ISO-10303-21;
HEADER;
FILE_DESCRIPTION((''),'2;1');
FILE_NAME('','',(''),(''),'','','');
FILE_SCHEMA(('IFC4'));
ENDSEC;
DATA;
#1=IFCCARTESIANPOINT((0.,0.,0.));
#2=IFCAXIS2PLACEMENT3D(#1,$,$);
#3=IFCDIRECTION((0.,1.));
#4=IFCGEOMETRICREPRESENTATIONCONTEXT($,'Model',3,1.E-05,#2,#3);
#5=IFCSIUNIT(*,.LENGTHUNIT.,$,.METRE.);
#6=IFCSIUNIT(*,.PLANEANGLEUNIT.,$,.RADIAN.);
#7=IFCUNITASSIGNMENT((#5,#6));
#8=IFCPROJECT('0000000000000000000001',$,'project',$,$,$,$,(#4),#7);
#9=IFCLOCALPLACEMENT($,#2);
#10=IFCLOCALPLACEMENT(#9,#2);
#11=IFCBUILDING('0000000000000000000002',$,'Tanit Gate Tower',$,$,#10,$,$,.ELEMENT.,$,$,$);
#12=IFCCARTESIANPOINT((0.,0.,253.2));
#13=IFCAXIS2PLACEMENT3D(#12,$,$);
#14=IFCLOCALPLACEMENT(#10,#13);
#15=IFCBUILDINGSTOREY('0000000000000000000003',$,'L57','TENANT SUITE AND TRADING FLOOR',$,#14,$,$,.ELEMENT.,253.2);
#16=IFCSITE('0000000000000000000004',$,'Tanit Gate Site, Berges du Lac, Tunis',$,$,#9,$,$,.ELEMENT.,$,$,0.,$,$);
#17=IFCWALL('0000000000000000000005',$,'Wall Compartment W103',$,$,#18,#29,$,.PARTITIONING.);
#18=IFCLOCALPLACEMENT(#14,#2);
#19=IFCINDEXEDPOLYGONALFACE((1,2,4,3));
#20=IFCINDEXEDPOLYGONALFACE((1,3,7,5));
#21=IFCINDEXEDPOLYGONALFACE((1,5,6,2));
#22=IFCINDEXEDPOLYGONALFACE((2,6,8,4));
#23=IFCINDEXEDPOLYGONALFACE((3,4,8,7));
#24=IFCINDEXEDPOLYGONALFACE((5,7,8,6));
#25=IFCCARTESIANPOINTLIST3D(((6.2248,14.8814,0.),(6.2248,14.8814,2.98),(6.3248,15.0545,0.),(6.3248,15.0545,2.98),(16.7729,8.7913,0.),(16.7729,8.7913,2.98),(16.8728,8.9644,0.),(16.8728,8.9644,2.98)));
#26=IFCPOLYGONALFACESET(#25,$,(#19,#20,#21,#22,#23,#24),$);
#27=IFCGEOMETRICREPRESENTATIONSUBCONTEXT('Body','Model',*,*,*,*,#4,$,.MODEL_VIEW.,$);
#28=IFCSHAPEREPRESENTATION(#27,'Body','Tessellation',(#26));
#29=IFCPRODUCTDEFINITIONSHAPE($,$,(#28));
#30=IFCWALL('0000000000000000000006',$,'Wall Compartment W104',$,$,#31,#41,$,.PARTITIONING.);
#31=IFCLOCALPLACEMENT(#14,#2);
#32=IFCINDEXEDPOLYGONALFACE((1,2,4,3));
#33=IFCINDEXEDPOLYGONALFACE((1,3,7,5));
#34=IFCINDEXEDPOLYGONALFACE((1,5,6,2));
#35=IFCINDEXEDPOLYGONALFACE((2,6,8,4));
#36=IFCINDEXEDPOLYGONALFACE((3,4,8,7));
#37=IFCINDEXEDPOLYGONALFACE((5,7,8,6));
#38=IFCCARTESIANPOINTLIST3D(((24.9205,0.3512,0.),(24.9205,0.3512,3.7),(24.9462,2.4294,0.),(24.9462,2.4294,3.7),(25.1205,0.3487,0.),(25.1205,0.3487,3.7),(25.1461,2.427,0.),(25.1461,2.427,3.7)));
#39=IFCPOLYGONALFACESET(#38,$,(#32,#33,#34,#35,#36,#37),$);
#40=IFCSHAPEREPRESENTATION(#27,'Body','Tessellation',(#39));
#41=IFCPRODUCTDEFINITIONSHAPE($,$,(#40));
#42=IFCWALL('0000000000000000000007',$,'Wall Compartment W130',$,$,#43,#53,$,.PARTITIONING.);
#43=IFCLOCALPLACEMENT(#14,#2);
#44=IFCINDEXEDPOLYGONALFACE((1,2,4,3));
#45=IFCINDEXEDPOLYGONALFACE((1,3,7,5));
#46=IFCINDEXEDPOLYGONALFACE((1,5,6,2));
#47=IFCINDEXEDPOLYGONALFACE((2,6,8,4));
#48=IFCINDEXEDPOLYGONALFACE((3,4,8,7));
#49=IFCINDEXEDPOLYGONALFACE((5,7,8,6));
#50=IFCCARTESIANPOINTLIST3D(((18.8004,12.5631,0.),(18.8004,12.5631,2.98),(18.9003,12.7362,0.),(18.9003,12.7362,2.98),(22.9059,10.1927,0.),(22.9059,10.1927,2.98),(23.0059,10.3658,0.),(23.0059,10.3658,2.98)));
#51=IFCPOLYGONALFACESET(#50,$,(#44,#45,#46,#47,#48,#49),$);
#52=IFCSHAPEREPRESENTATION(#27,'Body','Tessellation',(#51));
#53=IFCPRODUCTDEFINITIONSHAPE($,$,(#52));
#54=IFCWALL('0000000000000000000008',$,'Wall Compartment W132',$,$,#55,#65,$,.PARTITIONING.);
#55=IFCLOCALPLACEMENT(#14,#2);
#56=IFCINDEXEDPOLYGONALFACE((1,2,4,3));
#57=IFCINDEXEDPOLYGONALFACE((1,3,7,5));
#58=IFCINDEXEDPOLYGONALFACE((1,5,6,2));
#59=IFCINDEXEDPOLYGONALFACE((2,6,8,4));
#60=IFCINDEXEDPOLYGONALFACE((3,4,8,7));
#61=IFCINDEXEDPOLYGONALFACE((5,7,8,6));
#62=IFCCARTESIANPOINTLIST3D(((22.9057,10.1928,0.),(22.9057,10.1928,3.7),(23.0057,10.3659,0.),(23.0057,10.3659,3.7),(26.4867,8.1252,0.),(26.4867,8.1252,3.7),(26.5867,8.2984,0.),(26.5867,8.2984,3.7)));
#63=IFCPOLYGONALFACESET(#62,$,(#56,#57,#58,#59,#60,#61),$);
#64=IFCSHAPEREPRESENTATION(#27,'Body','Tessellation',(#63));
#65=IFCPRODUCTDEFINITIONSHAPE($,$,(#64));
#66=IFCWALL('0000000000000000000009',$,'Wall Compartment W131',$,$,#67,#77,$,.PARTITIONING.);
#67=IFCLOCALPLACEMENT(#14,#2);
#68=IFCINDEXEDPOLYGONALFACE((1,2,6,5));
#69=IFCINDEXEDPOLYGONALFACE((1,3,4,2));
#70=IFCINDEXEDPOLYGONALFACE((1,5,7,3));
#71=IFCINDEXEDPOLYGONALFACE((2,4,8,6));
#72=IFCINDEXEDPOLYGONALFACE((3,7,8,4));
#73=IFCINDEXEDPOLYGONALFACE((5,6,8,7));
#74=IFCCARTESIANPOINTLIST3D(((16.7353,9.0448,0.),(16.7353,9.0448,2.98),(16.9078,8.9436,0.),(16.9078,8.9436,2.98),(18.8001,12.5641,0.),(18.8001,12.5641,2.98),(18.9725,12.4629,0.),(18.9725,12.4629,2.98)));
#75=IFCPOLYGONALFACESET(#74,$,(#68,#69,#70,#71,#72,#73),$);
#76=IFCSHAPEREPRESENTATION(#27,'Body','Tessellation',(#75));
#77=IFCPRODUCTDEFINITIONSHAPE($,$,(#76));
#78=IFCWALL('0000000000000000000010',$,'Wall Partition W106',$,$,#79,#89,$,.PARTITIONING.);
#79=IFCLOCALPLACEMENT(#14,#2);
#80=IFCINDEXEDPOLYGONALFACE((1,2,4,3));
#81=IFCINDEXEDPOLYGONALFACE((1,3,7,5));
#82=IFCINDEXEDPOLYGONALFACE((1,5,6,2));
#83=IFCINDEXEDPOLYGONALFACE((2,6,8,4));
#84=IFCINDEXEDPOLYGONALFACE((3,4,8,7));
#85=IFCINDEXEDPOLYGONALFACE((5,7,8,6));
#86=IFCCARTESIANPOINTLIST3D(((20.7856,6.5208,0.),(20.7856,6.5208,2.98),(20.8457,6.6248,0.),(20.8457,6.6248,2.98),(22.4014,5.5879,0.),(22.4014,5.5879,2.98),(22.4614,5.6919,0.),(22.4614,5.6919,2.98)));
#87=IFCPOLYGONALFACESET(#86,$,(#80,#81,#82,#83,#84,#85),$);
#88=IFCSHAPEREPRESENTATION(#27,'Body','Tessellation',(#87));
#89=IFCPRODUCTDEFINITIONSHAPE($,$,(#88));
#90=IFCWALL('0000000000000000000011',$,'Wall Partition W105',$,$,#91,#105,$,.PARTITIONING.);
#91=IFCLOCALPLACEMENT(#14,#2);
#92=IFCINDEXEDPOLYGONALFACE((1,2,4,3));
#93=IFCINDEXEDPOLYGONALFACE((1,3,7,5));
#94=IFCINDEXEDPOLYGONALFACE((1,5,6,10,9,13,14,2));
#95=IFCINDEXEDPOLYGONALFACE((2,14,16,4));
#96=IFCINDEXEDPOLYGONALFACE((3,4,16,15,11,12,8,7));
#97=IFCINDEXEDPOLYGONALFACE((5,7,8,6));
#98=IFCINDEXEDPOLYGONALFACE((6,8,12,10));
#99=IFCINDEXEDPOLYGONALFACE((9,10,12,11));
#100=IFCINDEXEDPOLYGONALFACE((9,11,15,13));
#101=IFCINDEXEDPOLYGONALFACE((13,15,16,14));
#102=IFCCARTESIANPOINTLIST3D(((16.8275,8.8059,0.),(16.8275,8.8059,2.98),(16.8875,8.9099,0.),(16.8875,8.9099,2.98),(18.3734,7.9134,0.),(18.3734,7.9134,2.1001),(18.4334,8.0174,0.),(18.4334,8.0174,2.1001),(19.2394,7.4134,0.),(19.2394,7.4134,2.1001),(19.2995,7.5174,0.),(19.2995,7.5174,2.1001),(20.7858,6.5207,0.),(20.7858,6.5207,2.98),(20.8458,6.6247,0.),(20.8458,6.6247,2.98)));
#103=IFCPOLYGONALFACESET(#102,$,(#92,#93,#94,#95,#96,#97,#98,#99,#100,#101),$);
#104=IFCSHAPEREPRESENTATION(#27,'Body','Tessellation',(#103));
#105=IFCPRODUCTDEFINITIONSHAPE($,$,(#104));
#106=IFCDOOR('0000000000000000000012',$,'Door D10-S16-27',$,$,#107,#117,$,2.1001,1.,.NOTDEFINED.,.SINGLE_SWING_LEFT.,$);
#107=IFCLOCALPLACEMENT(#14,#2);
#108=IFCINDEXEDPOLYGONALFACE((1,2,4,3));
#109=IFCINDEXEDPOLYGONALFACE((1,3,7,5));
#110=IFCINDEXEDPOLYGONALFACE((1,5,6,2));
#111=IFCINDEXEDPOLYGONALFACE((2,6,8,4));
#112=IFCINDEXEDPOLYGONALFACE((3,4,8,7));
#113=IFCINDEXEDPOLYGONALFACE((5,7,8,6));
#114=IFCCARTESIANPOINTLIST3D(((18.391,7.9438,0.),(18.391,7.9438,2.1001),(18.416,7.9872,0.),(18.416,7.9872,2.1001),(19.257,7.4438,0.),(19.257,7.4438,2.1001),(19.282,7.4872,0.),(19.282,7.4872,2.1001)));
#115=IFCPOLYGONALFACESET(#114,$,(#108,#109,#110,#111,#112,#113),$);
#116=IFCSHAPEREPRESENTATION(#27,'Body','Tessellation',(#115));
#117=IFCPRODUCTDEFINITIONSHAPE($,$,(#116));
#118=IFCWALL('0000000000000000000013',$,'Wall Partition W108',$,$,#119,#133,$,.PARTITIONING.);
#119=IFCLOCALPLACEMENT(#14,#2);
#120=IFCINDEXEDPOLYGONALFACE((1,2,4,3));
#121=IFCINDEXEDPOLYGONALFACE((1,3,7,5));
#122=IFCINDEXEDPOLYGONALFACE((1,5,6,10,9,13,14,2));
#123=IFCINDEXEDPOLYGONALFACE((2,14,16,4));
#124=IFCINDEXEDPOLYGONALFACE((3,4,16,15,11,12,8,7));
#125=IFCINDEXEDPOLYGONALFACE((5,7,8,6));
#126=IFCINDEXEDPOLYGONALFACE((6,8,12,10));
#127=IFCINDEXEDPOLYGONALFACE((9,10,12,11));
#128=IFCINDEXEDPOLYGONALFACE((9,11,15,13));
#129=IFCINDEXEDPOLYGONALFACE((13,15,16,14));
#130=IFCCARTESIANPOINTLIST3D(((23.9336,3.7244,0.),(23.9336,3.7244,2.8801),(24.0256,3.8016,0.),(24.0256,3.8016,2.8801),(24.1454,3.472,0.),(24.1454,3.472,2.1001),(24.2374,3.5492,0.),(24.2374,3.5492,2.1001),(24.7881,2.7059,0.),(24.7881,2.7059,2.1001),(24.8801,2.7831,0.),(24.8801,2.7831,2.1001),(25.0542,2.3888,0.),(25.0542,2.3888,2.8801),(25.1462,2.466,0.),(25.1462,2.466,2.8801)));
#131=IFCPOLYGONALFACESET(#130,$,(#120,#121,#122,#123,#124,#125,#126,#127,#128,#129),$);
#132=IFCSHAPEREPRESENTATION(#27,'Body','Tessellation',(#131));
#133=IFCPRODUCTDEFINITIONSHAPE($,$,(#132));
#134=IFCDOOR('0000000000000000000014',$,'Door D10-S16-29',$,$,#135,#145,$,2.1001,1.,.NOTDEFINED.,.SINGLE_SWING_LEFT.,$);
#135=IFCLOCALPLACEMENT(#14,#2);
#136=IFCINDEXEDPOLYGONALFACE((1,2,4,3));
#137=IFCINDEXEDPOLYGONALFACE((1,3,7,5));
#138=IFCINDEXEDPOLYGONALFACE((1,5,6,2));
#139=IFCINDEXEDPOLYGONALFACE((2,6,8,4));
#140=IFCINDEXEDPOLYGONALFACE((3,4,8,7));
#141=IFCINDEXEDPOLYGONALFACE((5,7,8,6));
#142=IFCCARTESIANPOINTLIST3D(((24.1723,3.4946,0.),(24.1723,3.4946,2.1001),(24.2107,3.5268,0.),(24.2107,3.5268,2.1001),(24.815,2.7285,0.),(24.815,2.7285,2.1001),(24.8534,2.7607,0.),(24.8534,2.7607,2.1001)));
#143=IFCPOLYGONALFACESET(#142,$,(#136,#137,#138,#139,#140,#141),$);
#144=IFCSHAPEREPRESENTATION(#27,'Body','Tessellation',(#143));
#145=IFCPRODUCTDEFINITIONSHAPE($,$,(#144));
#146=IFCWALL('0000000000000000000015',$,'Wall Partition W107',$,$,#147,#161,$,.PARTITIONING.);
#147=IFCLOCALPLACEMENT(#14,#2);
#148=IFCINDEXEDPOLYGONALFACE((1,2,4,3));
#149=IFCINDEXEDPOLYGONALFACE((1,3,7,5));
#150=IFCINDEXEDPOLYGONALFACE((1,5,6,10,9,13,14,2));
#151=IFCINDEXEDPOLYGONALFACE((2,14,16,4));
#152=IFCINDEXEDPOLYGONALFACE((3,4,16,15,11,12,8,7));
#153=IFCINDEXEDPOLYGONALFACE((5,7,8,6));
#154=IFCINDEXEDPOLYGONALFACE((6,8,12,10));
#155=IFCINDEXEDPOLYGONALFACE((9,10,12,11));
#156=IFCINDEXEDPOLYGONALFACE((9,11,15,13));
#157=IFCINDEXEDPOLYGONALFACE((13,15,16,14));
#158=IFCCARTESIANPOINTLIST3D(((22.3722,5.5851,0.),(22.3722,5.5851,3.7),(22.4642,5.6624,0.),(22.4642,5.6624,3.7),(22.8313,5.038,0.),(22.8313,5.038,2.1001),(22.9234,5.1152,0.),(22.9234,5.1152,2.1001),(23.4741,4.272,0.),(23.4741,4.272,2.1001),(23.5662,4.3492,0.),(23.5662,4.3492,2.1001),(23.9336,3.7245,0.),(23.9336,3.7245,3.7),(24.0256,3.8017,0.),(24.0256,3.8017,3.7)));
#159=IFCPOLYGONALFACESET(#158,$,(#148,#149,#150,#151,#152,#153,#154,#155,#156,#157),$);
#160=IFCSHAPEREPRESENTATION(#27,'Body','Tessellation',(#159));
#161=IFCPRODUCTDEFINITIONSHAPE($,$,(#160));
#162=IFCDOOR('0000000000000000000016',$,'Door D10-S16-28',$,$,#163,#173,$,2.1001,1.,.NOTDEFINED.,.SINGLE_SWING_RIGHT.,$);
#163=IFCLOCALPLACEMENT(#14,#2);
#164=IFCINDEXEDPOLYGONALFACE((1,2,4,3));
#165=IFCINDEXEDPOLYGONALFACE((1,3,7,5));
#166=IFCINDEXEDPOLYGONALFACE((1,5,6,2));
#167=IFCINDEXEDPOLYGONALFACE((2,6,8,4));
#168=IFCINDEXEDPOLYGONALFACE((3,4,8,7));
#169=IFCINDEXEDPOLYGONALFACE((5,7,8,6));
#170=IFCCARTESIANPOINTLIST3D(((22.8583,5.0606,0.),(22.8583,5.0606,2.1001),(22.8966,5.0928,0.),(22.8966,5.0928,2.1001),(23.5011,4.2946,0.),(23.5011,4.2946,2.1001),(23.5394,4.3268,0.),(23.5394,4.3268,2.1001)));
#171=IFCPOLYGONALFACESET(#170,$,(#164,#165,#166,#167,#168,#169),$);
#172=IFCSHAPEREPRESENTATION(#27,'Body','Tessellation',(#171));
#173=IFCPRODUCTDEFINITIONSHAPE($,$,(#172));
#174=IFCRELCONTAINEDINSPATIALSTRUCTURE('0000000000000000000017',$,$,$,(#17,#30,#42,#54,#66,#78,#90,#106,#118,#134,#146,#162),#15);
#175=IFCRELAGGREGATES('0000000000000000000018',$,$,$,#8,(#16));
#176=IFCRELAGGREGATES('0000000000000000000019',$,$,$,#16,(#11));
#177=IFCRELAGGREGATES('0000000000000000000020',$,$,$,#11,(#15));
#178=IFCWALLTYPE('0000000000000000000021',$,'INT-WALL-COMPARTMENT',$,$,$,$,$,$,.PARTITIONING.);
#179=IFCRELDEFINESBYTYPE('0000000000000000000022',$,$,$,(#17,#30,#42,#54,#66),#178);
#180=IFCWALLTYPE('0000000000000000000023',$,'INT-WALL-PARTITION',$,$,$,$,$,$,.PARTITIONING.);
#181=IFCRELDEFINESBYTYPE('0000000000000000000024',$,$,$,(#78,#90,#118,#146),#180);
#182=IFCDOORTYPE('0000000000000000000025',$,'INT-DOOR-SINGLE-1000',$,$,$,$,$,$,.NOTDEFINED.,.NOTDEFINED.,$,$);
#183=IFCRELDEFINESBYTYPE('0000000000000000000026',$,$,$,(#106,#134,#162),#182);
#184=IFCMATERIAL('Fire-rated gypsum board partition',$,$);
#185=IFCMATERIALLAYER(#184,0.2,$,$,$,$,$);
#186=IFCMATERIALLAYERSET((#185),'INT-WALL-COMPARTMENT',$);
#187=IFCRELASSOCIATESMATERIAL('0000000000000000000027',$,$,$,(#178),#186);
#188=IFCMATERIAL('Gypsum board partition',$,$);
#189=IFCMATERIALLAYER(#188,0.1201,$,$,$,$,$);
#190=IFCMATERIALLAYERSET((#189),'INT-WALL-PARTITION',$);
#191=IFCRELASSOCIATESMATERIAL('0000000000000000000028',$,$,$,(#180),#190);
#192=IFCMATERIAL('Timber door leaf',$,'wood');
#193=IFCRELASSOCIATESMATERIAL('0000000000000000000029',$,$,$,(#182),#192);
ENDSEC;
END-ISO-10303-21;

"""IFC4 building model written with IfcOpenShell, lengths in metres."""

from ifc_helpers import new_model, si_unit, direction, frame, frame_2d, origin, place, context, subcontext, project, spatial, rectangle, extrude, material, layer, layer_set, type_object, element, fill, save


model = new_model("IFC4")

# Units and contexts
model_context = context("Model", 3, precision=1e-05, world=origin(), true_north=direction((0.0, 1.0)))
body_context = subcontext(model_context, "Body", "Model", "MODEL_VIEW")
ifc_project = project(units=[si_unit("LENGTHUNIT", "METRE"), si_unit("PLANEANGLEUNIT", "RADIAN")], contexts=[model_context])

# Site, building, storey
site_placement = place(None, origin())
site = spatial("IfcSite", under=ifc_project, at=site_placement, Name="Tanit Gate Site, Berges du Lac, Tunis", CompositionType="ELEMENT", RefElevation=0.0)
building_placement = place(site_placement, origin())
building = spatial("IfcBuilding", under=site, at=building_placement, Name="Tanit Gate Tower", CompositionType="ELEMENT")
storey_placement = place(building_placement, frame((0.0, 0.0, 253.2)))
storey = spatial("IfcBuildingStorey", under=building, at=storey_placement, Name="L57", Description="TENANT SUITE AND TRADING FLOOR", CompositionType="ELEMENT", Elevation=253.2)

# Walls
ifc_material_1 = material(Name="Fire-rated gypsum board partition")
ifc_layer_1 = layer(ifc_material_1, 0.2)
ifc_layer_set_1 = layer_set([ifc_layer_1], Name="INT-WALL-COMPARTMENT")
wall_type_1 = type_object("IfcWallType", Name="INT-WALL-COMPARTMENT", PredefinedType="PARTITIONING", material=ifc_layer_set_1)
wall_1_placement = place(storey_placement, frame((16.8228, 8.8779, 0.0), z_axis=(0.0, 0.0, 1.0), x_axis=(-0.86602, 0.500009, 0.0)))
element("IfcWall", 1, at=wall_1_placement, inside=storey, type_object=wall_type_1, Name="Wall Compartment W103", PredefinedType="PARTITIONING", context=body_context, shape_type="SweptSolid", body=[
    extrude(rectangle(XDim=12.1799, YDim=0.2, at=frame_2d((6.0898, 0.0))), origin(), (0.0, 0.0, 1.0), 2.98),
])
wall_2_placement = place(storey_placement, frame((25.0205, 0.3501, 0.0), z_axis=(0.0, 0.0, 1.0), x_axis=(0.012335, 0.999924, 0.0)))
element("IfcWall", 2, at=wall_2_placement, inside=storey, type_object=wall_type_1, Name="Wall Compartment W104", PredefinedType="PARTITIONING", context=body_context, shape_type="SweptSolid", body=[
    extrude(rectangle(XDim=2.0784, YDim=0.2, at=frame_2d((1.0391, 0.0))), origin(), (0.0, 0.0, 1.0), 3.7),
])
wall_3_placement = place(storey_placement, frame((18.8503, 12.6497, 0.0), z_axis=(0.0, 0.0, 1.0), x_axis=(0.866019, -0.500011, 0.0)))
element("IfcWall", 3, at=wall_3_placement, inside=storey, type_object=wall_type_1, Name="Wall Compartment W130", PredefinedType="PARTITIONING", context=body_context, shape_type="SweptSolid", body=[
    extrude(rectangle(XDim=4.7407, YDim=0.2, at=frame_2d((2.3704, 0.0))), origin(), (0.0, 0.0, 1.0), 2.98),
])
wall_4_placement = place(storey_placement, frame((22.9558, 10.2793, 0.0), z_axis=(0.0, 0.0, 1.0), x_axis=(0.866015, -0.500019, 0.0)))
element("IfcWall", 4, at=wall_4_placement, inside=storey, type_object=wall_type_1, Name="Wall Compartment W132", PredefinedType="PARTITIONING", context=body_context, shape_type="SweptSolid", body=[
    extrude(rectangle(XDim=4.135, YDim=0.2, at=frame_2d((2.0674, 0.0))), origin(), (0.0, 0.0, 1.0), 3.7),
])
wall_5_placement = place(storey_placement, frame((18.8862, 12.5134, 0.0), z_axis=(0.0, 0.0, 1.0), x_axis=(-0.506024, -0.86252, 0.0)))
element("IfcWall", 5, at=wall_5_placement, inside=storey, type_object=wall_type_1, Name="Wall Compartment W131", PredefinedType="PARTITIONING", context=body_context, shape_type="SweptSolid", body=[
    extrude(rectangle(XDim=4.0803, YDim=0.2, at=frame_2d((2.04, 0.0))), origin(), (0.0, 0.0, 1.0), 2.98),
])
ifc_material_2 = material(Name="Gypsum board partition")
ifc_layer_2 = layer(ifc_material_2, 0.1201)
ifc_layer_set_2 = layer_set([ifc_layer_2], Name="INT-WALL-PARTITION")
wall_type_2 = type_object("IfcWallType", Name="INT-WALL-PARTITION", PredefinedType="PARTITIONING", material=ifc_layer_set_2)
wall_6_placement = place(storey_placement, frame((22.4314, 5.6399, 0.0), z_axis=(0.0, 0.0, 1.0), x_axis=(-0.86602, 0.500009, 0.0)))
element("IfcWall", 6, at=wall_6_placement, inside=storey, type_object=wall_type_2, Name="Wall Partition W106", PredefinedType="PARTITIONING", context=body_context, shape_type="SweptSolid", body=[
    extrude(rectangle(XDim=1.8657, YDim=0.1201, at=frame_2d((0.9329, 0.0))), origin(), (0.0, 0.0, 1.0), 2.98),
])

# Walls, openings, doors
wall_7_placement = place(storey_placement, frame((20.8157, 6.5728, 0.0), z_axis=(0.0, 0.0, 1.0), x_axis=(-0.866039, 0.499977, 0.0)))
wall_7 = element("IfcWall", 7, at=wall_7_placement, inside=storey, type_object=wall_type_2, Name="Wall Partition W105", PredefinedType="PARTITIONING", context=body_context, shape_type="SweptSolid", body=[
    extrude(rectangle(XDim=4.5706, YDim=0.1201, at=frame_2d((2.2852, 0.0))), origin(), (0.0, 0.0, 1.0), 2.98),
])
opening_1_placement = place(wall_7_placement, frame((1.7854, 0.0, 0.0)))
opening_1 = element("IfcOpeningElement", 8, at=opening_1_placement, cuts=wall_7, PredefinedType="OPENING", context=body_context, shape_type="SweptSolid", body=[
    extrude(rectangle(XDim=1.0, YDim=2.1001, at=frame_2d((0.5, 1.05))), frame((0.0, 0.0701, 0.0), z_axis=(0.0, -1.0, 0.0), x_axis=(1.0, 0.0, 0.0)), (0.0, 0.0, 1.0), 0.1401),
])
ifc_material_3 = material(Name="Timber door leaf", Category="wood")
door_type_1 = type_object("IfcDoorType", Name="INT-DOOR-SINGLE-1000", OperationType="NOTDEFINED", PredefinedType="NOTDEFINED", material=ifc_material_3)
door_1_placement = place(opening_1_placement, origin())
door_1 = element("IfcDoor", 9, at=door_1_placement, inside=storey, type_object=door_type_1, Name="Door D10-S16-27", OperationType="SINGLE_SWING_LEFT", OverallHeight=2.1001, OverallWidth=1.0, PredefinedType="NOTDEFINED", context=body_context, shape_type="SweptSolid", body=[
    extrude(rectangle(XDim=1.0, YDim=2.1001, at=frame_2d((0.5, 1.05))), frame((0.0, 0.0249, 0.0), z_axis=(0.0, -1.0, 0.0), x_axis=(1.0, 0.0, 0.0)), (0.0, 0.0, 1.0), 0.05),
])
fill(opening_1, door_1)
wall_8_placement = place(storey_placement, frame((25.1001, 2.4275, 0.0), z_axis=(0.0, 0.0, 1.0), x_axis=(-0.642729, 0.766094, 0.0)))
wall_8 = element("IfcWall", 10, at=wall_8_placement, inside=storey, type_object=wall_type_2, Name="Wall Partition W108", PredefinedType="PARTITIONING", context=body_context, shape_type="SweptSolid", body=[
    extrude(rectangle(XDim=1.7434, YDim=0.1201, at=frame_2d((0.8716, 0.0))), origin(), (0.0, 0.0, 1.0), 2.8801),
])
opening_2_placement = place(wall_8_placement, frame((0.4138, 0.0, 0.0)))
opening_2 = element("IfcOpeningElement", 11, at=opening_2_placement, cuts=wall_8, PredefinedType="OPENING", context=body_context, shape_type="SweptSolid", body=[
    extrude(rectangle(XDim=1.0, YDim=2.1001, at=frame_2d((0.5, 1.05))), frame((0.0, 0.0701, 0.0), z_axis=(0.0, -1.0, 0.0), x_axis=(1.0, 0.0, 0.0)), (0.0, 0.0, 1.0), 0.1401),
])
door_2_placement = place(opening_2_placement, origin())
door_2 = element("IfcDoor", 12, at=door_2_placement, inside=storey, type_object=door_type_1, Name="Door D10-S16-29", OperationType="SINGLE_SWING_LEFT", OverallHeight=2.1001, OverallWidth=1.0, PredefinedType="NOTDEFINED", context=body_context, shape_type="SweptSolid", body=[
    extrude(rectangle(XDim=1.0, YDim=2.1001, at=frame_2d((0.5, 1.05))), frame((0.0, 0.0249, 0.0), z_axis=(0.0, -1.0, 0.0), x_axis=(1.0, 0.0, 0.0)), (0.0, 0.0, 1.0), 0.05),
])
fill(opening_2, door_2)
wall_9_placement = place(storey_placement, frame((23.9795, 3.7632, 0.0), z_axis=(0.0, 0.0, 1.0), x_axis=(-0.642801, 0.766033, 0.0)))
wall_9 = element("IfcWall", 13, at=wall_9_placement, inside=storey, type_object=wall_type_2, Name="Wall Partition W107", PredefinedType="PARTITIONING", context=body_context, shape_type="SweptSolid", body=[
    extrude(rectangle(XDim=2.429, YDim=0.1201, at=frame_2d((1.2144, 0.0))), origin(), (0.0, 0.0, 1.0), 3.7),
])
opening_3_placement = place(wall_9_placement, frame((0.7146, 0.0, 0.0)))
opening_3 = element("IfcOpeningElement", 14, at=opening_3_placement, cuts=wall_9, PredefinedType="OPENING", context=body_context, shape_type="SweptSolid", body=[
    extrude(rectangle(XDim=1.0, YDim=2.1001, at=frame_2d((0.5, 1.05))), frame((0.0, 0.0701, 0.0), z_axis=(0.0, -1.0, 0.0), x_axis=(1.0, 0.0, 0.0)), (0.0, 0.0, 1.0), 0.1401),
])
door_3_placement = place(opening_3_placement, origin())
door_3 = element("IfcDoor", 15, at=door_3_placement, inside=storey, type_object=door_type_1, Name="Door D10-S16-28", OperationType="SINGLE_SWING_RIGHT", OverallHeight=2.1001, OverallWidth=1.0, PredefinedType="NOTDEFINED", context=body_context, shape_type="SweptSolid", body=[
    extrude(rectangle(XDim=1.0, YDim=2.1001, at=frame_2d((0.5, 1.05))), frame((0.0, 0.0249, 0.0), z_axis=(0.0, -1.0, 0.0), x_axis=(1.0, 0.0, 0.0)), (0.0, 0.0, 1.0), 0.05),
])
fill(opening_3, door_3)

save(model, "model.ifc")
